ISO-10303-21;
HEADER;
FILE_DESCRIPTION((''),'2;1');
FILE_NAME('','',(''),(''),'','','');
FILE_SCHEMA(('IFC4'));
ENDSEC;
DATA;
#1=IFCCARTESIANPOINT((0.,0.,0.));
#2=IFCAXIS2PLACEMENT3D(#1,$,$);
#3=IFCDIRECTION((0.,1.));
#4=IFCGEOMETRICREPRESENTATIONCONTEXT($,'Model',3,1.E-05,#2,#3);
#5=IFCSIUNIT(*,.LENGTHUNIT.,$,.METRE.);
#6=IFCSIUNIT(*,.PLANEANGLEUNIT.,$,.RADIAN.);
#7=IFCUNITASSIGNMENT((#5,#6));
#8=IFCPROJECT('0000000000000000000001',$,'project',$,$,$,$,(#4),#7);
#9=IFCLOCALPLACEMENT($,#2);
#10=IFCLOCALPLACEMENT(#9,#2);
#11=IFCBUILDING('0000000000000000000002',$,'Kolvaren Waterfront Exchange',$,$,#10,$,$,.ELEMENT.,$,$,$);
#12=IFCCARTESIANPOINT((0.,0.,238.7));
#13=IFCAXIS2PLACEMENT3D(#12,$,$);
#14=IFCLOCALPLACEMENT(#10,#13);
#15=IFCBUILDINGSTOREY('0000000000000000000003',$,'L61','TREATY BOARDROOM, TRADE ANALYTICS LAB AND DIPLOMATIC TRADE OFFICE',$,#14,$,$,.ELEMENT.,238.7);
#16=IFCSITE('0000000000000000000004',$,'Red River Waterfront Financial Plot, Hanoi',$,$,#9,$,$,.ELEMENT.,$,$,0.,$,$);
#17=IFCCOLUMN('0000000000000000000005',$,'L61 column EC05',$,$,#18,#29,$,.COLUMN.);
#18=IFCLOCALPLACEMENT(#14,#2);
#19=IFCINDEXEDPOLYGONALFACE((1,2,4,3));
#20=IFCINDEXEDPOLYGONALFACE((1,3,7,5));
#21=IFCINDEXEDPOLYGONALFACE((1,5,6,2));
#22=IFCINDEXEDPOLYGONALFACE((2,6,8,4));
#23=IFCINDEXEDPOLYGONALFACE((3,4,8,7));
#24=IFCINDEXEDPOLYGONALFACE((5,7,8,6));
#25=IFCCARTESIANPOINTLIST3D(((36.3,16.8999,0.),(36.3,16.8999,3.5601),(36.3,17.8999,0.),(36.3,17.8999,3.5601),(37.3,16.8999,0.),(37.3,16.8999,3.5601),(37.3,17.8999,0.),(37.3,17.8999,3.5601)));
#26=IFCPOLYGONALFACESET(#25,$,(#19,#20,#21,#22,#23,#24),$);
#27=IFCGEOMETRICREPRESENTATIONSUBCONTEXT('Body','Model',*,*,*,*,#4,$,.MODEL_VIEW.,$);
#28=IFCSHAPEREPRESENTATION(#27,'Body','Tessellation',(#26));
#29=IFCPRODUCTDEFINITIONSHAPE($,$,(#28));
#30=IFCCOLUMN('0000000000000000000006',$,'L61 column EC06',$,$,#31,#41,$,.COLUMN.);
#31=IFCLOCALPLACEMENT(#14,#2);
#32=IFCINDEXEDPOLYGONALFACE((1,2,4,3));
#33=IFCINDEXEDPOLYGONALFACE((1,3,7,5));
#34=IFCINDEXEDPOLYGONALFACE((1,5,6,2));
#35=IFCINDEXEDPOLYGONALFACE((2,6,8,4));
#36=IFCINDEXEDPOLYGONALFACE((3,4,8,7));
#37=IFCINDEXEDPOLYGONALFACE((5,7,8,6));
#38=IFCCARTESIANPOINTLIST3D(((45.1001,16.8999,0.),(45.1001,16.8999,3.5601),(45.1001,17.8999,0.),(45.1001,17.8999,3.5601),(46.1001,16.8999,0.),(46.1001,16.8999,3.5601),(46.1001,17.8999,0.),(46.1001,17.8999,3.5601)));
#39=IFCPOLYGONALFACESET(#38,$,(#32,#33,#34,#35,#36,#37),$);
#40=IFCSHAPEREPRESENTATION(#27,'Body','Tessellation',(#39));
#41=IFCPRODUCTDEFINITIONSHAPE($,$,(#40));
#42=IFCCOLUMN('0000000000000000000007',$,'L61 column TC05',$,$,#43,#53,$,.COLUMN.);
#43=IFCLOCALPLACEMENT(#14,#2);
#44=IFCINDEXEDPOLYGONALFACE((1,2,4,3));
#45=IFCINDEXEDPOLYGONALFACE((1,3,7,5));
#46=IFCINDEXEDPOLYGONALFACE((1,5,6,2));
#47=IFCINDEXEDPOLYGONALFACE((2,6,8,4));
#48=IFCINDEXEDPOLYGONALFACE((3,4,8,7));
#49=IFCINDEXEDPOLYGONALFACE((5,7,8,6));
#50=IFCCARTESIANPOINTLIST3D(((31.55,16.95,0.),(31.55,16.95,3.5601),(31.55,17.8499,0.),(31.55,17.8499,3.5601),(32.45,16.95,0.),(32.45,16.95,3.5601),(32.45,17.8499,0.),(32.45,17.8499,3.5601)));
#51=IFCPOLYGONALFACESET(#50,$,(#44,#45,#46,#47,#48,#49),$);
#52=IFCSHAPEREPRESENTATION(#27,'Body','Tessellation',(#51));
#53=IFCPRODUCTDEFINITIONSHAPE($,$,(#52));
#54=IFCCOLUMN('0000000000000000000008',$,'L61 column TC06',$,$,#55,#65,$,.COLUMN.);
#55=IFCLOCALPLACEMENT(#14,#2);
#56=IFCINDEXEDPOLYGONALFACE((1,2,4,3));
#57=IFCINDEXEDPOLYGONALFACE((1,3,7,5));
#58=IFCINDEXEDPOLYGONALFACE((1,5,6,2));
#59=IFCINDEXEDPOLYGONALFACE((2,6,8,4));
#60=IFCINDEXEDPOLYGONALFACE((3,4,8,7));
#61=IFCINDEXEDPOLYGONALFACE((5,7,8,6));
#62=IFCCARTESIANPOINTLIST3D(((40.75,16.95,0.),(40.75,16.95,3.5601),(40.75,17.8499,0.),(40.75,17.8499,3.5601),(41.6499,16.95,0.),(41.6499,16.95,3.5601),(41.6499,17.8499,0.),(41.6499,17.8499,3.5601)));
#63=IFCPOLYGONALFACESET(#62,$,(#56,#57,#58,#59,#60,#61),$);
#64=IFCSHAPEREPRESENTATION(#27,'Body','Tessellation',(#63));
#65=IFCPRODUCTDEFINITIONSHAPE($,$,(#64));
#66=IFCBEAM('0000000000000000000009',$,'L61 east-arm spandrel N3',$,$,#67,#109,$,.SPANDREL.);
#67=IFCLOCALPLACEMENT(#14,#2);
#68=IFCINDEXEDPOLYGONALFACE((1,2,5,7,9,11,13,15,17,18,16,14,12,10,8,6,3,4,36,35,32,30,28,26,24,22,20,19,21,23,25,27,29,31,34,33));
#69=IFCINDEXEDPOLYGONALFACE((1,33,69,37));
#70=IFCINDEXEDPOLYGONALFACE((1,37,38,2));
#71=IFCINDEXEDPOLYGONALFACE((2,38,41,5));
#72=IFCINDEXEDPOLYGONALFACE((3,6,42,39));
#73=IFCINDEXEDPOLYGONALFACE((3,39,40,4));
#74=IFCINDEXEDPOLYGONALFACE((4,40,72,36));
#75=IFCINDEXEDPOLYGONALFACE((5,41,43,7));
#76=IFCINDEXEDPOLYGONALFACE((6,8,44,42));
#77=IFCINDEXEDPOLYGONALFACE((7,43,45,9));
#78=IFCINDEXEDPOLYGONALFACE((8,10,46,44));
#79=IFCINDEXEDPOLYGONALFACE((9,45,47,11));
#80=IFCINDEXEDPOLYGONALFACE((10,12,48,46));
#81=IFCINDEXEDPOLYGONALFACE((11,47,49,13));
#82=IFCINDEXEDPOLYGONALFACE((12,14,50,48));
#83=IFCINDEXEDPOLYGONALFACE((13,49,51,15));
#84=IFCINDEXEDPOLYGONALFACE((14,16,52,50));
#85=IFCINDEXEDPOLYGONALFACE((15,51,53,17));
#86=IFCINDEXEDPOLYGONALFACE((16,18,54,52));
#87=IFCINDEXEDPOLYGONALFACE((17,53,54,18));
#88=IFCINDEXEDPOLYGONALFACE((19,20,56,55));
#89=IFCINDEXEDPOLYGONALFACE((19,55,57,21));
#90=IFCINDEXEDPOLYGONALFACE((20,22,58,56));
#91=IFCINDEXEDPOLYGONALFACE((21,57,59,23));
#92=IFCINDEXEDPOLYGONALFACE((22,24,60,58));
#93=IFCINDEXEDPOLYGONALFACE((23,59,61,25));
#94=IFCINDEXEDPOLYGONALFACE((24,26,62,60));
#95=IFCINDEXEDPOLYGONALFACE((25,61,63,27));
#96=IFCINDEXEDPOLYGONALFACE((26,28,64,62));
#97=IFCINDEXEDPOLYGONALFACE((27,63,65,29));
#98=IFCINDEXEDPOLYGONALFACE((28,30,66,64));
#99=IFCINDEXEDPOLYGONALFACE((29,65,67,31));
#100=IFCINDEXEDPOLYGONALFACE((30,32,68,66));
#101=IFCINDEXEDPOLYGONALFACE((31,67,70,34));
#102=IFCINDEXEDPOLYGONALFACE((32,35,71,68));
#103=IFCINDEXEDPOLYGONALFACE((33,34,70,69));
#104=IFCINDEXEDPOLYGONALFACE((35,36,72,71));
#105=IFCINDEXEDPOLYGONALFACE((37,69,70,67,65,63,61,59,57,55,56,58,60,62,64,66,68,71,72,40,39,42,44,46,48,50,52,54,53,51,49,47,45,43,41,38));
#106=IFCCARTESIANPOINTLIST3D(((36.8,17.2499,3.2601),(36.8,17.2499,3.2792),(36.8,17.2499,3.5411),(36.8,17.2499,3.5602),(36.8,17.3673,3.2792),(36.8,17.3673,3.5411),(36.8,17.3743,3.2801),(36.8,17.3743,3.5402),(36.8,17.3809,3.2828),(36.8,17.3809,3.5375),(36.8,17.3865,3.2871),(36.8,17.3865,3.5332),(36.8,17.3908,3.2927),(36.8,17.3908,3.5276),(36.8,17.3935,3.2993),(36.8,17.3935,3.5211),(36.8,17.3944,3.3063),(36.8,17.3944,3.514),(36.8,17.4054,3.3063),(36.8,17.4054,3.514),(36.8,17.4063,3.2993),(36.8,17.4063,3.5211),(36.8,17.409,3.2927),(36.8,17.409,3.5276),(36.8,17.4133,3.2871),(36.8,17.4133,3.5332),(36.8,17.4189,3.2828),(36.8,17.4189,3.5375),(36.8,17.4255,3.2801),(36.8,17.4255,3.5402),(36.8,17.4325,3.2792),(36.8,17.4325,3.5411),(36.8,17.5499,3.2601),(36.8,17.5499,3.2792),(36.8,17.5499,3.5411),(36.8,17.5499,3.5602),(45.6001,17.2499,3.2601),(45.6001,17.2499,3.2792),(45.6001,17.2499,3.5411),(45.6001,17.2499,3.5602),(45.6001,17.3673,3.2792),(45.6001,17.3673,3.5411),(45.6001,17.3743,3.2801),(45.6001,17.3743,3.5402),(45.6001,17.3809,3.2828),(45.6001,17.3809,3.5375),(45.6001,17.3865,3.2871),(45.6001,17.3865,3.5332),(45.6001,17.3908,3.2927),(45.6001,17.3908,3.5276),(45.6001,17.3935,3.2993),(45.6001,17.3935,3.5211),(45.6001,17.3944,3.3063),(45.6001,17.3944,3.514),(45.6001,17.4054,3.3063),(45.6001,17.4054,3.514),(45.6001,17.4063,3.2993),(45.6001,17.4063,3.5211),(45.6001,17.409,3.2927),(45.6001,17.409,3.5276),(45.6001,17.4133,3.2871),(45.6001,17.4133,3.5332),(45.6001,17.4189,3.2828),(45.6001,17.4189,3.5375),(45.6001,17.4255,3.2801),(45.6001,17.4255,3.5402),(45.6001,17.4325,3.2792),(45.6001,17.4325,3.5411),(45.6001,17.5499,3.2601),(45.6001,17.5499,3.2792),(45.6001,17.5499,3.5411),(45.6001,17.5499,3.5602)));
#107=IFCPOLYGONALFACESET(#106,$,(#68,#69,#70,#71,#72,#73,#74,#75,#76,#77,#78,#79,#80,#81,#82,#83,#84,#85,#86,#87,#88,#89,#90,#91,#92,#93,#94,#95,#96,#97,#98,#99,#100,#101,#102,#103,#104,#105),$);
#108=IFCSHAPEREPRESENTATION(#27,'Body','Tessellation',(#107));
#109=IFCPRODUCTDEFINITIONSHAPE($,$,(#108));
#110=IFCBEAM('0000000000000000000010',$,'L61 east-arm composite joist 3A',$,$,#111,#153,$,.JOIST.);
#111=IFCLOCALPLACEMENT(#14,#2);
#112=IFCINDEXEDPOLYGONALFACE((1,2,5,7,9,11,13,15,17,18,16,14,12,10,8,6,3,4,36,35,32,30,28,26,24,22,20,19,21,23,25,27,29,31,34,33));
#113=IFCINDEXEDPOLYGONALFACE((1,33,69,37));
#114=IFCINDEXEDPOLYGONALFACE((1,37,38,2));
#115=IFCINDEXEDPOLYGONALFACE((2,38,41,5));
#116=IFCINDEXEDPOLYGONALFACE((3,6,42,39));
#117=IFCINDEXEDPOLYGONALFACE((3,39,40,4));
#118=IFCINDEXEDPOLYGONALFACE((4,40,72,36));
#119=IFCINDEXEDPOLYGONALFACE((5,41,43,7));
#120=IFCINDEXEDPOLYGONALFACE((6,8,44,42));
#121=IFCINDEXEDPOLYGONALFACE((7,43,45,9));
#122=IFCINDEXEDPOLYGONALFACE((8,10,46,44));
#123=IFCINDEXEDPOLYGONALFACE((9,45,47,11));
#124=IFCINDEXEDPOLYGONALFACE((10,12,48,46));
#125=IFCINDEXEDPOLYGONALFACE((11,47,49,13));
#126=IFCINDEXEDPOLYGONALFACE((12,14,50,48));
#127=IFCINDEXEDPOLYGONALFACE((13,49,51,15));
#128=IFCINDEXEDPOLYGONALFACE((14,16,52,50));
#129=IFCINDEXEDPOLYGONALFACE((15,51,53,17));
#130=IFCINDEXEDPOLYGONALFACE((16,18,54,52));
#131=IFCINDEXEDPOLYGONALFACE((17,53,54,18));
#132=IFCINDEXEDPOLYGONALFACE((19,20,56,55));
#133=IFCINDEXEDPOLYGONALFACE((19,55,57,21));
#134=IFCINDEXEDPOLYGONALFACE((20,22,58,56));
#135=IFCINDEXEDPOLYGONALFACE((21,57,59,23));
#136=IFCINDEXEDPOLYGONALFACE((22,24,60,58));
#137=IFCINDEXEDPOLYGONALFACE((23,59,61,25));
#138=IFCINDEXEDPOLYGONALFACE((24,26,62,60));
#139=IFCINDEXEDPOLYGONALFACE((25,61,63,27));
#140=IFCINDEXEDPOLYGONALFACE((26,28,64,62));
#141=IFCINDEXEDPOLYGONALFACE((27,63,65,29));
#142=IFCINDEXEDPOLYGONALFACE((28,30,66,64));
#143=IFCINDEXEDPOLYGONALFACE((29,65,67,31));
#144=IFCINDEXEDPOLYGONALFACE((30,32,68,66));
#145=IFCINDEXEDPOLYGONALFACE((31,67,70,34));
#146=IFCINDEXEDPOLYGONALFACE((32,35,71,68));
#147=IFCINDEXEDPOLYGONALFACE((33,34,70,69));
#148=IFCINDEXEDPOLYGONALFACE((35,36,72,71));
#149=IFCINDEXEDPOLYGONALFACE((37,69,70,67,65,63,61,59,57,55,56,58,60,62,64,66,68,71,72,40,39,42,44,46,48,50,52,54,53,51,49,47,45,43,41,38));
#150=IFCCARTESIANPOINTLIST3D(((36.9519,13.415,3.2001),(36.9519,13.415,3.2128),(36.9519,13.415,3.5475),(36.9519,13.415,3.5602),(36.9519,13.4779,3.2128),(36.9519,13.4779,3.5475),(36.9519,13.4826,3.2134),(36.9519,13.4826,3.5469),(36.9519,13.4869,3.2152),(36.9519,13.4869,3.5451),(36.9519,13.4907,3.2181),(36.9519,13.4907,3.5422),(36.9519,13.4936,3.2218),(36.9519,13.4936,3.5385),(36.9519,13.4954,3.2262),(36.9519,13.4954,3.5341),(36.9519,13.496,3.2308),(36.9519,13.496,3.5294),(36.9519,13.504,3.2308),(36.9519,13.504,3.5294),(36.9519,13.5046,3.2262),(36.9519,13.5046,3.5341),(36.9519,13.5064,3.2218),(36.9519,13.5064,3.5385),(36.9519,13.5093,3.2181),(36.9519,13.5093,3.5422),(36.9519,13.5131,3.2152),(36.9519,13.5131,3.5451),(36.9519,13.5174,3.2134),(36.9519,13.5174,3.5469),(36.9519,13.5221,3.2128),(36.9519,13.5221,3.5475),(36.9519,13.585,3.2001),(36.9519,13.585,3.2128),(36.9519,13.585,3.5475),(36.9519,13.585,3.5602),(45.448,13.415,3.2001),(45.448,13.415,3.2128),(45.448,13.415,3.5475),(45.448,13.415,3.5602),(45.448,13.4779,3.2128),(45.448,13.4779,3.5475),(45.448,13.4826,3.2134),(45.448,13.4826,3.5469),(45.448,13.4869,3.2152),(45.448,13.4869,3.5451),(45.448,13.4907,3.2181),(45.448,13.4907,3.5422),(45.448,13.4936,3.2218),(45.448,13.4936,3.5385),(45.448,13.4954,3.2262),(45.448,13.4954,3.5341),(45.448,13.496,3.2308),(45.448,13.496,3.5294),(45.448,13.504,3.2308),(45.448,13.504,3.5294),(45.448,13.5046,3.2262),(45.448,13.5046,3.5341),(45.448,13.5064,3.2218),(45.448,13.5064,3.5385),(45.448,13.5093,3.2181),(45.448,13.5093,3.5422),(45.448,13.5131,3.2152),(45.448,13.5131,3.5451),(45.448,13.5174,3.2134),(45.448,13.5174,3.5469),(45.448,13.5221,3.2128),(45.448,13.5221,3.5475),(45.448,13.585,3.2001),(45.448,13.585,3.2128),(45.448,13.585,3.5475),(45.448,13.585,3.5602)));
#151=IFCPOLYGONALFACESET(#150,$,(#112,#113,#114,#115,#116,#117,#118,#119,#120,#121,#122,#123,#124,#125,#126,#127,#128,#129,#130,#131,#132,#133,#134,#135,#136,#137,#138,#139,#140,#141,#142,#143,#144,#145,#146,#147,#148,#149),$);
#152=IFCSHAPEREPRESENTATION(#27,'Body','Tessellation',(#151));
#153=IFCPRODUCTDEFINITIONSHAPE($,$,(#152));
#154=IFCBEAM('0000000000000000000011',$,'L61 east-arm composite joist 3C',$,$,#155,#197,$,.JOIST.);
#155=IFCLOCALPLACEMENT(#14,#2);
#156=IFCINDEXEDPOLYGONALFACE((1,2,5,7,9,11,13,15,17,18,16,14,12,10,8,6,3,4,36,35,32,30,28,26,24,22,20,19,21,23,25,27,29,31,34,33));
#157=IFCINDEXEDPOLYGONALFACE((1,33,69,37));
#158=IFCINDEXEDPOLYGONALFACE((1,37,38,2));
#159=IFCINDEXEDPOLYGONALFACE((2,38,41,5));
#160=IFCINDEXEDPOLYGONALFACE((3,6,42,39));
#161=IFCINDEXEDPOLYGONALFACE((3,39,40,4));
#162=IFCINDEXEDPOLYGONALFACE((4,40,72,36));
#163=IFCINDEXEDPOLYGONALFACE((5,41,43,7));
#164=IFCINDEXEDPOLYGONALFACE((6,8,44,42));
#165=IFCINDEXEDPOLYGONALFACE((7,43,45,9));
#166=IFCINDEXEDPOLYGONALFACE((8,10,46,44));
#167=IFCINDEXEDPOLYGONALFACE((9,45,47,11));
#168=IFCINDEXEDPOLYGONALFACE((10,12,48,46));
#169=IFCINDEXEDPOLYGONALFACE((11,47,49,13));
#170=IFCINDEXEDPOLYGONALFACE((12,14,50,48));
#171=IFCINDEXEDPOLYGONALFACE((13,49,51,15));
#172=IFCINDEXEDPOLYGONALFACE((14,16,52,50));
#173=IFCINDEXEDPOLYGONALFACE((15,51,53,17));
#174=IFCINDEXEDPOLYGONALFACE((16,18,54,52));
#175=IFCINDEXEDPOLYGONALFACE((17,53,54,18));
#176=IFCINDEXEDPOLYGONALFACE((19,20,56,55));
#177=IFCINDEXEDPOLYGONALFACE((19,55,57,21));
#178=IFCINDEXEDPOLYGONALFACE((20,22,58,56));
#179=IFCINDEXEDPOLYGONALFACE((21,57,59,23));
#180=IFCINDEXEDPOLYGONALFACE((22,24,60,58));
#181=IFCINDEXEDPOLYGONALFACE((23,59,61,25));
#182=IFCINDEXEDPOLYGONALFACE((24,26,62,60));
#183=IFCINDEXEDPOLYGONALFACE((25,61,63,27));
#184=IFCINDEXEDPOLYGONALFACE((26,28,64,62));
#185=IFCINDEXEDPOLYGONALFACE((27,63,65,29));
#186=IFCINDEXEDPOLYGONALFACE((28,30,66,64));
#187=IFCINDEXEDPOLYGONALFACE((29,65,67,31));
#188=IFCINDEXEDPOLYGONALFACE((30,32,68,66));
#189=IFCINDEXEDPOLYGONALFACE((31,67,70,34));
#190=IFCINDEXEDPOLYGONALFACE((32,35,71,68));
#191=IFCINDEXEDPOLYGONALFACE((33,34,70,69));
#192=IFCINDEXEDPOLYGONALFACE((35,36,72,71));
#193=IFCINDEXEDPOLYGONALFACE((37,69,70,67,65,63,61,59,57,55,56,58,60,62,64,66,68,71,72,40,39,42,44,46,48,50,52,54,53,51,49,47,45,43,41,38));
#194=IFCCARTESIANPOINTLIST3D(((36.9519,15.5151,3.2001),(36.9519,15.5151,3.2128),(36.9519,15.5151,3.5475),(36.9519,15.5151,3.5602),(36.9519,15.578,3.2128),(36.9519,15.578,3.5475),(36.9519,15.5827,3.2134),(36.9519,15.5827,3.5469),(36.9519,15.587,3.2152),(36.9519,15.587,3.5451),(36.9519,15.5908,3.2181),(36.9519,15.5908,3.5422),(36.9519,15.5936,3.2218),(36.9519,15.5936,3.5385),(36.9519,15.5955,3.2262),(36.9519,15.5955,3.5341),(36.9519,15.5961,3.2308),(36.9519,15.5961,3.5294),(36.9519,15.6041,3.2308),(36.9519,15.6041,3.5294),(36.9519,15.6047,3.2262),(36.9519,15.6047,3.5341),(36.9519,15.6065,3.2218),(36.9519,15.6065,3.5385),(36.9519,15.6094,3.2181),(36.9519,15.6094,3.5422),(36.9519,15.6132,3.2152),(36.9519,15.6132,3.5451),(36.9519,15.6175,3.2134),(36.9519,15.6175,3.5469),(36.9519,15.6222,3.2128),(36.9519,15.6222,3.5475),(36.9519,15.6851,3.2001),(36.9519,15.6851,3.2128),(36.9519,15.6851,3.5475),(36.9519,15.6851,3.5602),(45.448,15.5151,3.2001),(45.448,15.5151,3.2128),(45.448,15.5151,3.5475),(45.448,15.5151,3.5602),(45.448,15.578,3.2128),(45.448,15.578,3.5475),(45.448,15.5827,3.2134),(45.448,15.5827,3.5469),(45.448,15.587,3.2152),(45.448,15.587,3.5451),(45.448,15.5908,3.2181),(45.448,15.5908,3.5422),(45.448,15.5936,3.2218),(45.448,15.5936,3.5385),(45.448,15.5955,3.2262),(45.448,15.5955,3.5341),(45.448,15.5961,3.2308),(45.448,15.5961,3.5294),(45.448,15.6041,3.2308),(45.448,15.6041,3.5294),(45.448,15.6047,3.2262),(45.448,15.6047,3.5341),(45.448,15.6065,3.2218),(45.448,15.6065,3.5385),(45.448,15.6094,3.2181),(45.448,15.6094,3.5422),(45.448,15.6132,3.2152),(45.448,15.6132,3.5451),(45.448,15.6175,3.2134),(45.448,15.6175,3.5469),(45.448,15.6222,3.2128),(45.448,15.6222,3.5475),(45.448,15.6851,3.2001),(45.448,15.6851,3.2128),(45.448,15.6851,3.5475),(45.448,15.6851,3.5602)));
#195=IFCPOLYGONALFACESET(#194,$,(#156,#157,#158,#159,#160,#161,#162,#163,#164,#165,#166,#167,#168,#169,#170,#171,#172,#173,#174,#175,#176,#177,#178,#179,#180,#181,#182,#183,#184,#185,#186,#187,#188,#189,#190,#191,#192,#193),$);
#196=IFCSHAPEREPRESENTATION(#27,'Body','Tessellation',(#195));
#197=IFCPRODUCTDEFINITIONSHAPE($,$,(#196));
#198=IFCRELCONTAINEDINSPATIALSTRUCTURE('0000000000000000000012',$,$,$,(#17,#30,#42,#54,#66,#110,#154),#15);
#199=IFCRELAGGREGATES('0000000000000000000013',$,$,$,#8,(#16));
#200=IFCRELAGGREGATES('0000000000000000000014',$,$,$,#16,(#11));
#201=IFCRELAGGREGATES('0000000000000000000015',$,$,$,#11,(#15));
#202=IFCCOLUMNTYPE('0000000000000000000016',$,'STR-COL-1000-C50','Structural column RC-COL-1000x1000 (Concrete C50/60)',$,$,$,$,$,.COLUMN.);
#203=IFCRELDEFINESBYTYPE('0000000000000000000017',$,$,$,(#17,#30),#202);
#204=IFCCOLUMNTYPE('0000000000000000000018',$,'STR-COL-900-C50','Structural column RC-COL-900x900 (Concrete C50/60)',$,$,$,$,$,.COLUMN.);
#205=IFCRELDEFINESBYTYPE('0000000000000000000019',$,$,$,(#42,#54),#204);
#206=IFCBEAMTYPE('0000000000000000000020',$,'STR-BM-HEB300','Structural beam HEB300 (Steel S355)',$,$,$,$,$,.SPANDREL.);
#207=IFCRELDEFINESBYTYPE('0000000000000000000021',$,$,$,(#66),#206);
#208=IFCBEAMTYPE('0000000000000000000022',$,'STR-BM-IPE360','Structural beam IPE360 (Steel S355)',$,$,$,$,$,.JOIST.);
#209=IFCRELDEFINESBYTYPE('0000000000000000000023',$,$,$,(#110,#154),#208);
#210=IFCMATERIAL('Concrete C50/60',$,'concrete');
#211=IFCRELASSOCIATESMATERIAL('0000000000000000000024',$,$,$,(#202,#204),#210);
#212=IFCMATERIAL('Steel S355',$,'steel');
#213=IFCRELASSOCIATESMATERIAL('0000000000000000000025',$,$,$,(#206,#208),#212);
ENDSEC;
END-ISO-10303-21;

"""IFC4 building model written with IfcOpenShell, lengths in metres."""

from ifc_helpers import new_model, si_unit, direction, frame, origin, origin_2d, place, context, subcontext, project, spatial, rectangle, i_section, extrude, material, material_profile, profile_set, type_object, element, save


model = new_model("IFC4")

# Units and contexts
model_context = context("Model", 3, precision=1e-05, world=origin(), true_north=direction((0.0, 1.0)))
body_context = subcontext(model_context, "Body", "Model", "MODEL_VIEW")
ifc_project = project(units=[si_unit("LENGTHUNIT", "METRE"), si_unit("PLANEANGLEUNIT", "RADIAN")], contexts=[model_context])

# Site, building, storey
site_placement = place(None, origin())
site = spatial("IfcSite", under=ifc_project, at=site_placement, Name="Red River Waterfront Financial Plot, Hanoi", CompositionType="ELEMENT", RefElevation=0.0)
building_placement = place(site_placement, origin())
building = spatial("IfcBuilding", under=site, at=building_placement, Name="Kolvaren Waterfront Exchange", CompositionType="ELEMENT")
storey_placement = place(building_placement, frame((0.0, 0.0, 238.7)))
storey = spatial("IfcBuildingStorey", under=building, at=storey_placement, Name="L61", Description="TREATY BOARDROOM, TRADE ANALYTICS LAB AND DIPLOMATIC TRADE OFFICE", CompositionType="ELEMENT", Elevation=238.7)

# Columns
ifc_material_1 = material(Name="Concrete C50/60", Category="concrete")
ifc_material_profile_1 = material_profile(ifc_material_1, rectangle(XDim=1.0, YDim=1.0, at=origin_2d()), Name="RC-COL-1000x1000")
ifc_profile_set_1 = profile_set([ifc_material_profile_1], Name="Concrete C50/60")
column_type_1 = type_object("IfcColumnType", Name="STR-COL-1000-C50", Description="Structural column RC-COL-1000x1000 (Concrete C50/60)", PredefinedType="COLUMN", material=ifc_profile_set_1)
for number, where, z_axis, x_axis, name in (
    (1, (36.8, 17.3999, 0.0), (0.0, 0.0, 1.0), (1.0, 0.0, 0.0), "L61 column EC05"),
    (2, (45.6001, 17.3999, 0.0), (0.0, 0.0, 1.0), (1.0, 0.0, 0.0), "L61 column EC06"),
):
    element("IfcColumn", number, at=place(storey_placement, frame(where, z_axis=z_axis, x_axis=x_axis)), inside=storey, type_object=column_type_1, Name=name, PredefinedType="COLUMN", context=body_context, shape_type="SweptSolid", body=[
        extrude(rectangle(XDim=1.0, YDim=1.0, at=origin_2d()), origin(), (0.0, 0.0, 1.0), 3.5601),
    ])
ifc_material_profile_2 = material_profile(ifc_material_1, rectangle(XDim=0.8999, YDim=0.8999, at=origin_2d()), Name="RC-COL-900x900")
ifc_profile_set_2 = profile_set([ifc_material_profile_2], Name="Concrete C50/60")
column_type_2 = type_object("IfcColumnType", Name="STR-COL-900-C50", Description="Structural column RC-COL-900x900 (Concrete C50/60)", PredefinedType="COLUMN", material=ifc_profile_set_2)
for number, where, z_axis, x_axis, name in (
    (3, (32.0, 17.3999, 0.0), (0.0, 0.0, 1.0), (1.0, 0.0, 0.0), "L61 column TC05"),
    (4, (41.2, 17.3999, 0.0), (0.0, 0.0, 1.0), (1.0, 0.0, 0.0), "L61 column TC06"),
):
    element("IfcColumn", number, at=place(storey_placement, frame(where, z_axis=z_axis, x_axis=x_axis)), inside=storey, type_object=column_type_2, Name=name, PredefinedType="COLUMN", context=body_context, shape_type="SweptSolid", body=[
        extrude(rectangle(XDim=0.8999, YDim=0.8999, at=origin_2d()), origin(), (0.0, 0.0, 1.0), 3.5601),
    ])

# Beams
ifc_material_2 = material(Name="Steel S355", Category="steel")
ifc_material_profile_3 = material_profile(ifc_material_2, i_section(OverallWidth=0.3, OverallDepth=0.3, WebThickness=0.011, FlangeThickness=0.019, FilletRadius=0.0271, at=origin_2d()), Name="HEB300")
ifc_profile_set_3 = profile_set([ifc_material_profile_3], Name="Steel S355")
beam_type_1 = type_object("IfcBeamType", Name="STR-BM-HEB300", Description="Structural beam HEB300 (Steel S355)", PredefinedType="SPANDREL", material=ifc_profile_set_3)
beam_placement = place(storey_placement, frame((36.8, 17.3999, 3.4102), z_axis=(1.0, 0.0, 0.0), x_axis=(0.0, 1.0, 0.0)))
element("IfcBeam", 5, at=beam_placement, inside=storey, type_object=beam_type_1, Name="L61 east-arm spandrel N3", PredefinedType="SPANDREL", context=body_context, shape_type="SweptSolid", body=[
    extrude(i_section(OverallWidth=0.3, OverallDepth=0.3, WebThickness=0.011, FlangeThickness=0.019, FilletRadius=0.0271, at=origin_2d()), origin(), (0.0, 0.0, 1.0), 8.8),
])
ifc_material_profile_4 = material_profile(ifc_material_2, i_section(OverallWidth=0.1699, OverallDepth=0.3601, WebThickness=0.0081, FlangeThickness=0.0127, FilletRadius=0.0181, at=origin_2d()), Name="IPE360")
ifc_profile_set_4 = profile_set([ifc_material_profile_4], Name="Steel S355")
beam_type_2 = type_object("IfcBeamType", Name="STR-BM-IPE360", Description="Structural beam IPE360 (Steel S355)", PredefinedType="JOIST", material=ifc_profile_set_4)
for number, where, z_axis, x_axis, name in (
    (6, (36.9519, 13.5, 3.3801), (1.0, 0.0, 0.0), (0.0, 1.0, 0.0), "L61 east-arm composite joist 3A"),
    (7, (36.9519, 15.6001, 3.3801), (1.0, 0.0, 0.0), (0.0, 1.0, 0.0), "L61 east-arm composite joist 3C"),
):
    element("IfcBeam", number, at=place(storey_placement, frame(where, z_axis=z_axis, x_axis=x_axis)), inside=storey, type_object=beam_type_2, Name=name, PredefinedType="JOIST", context=body_context, shape_type="SweptSolid", body=[
        extrude(i_section(OverallWidth=0.1699, OverallDepth=0.3601, WebThickness=0.0081, FlangeThickness=0.0127, FilletRadius=0.0181, at=origin_2d()), origin(), (0.0, 0.0, 1.0), 8.4961),
    ])

save(model, "model.ifc")
